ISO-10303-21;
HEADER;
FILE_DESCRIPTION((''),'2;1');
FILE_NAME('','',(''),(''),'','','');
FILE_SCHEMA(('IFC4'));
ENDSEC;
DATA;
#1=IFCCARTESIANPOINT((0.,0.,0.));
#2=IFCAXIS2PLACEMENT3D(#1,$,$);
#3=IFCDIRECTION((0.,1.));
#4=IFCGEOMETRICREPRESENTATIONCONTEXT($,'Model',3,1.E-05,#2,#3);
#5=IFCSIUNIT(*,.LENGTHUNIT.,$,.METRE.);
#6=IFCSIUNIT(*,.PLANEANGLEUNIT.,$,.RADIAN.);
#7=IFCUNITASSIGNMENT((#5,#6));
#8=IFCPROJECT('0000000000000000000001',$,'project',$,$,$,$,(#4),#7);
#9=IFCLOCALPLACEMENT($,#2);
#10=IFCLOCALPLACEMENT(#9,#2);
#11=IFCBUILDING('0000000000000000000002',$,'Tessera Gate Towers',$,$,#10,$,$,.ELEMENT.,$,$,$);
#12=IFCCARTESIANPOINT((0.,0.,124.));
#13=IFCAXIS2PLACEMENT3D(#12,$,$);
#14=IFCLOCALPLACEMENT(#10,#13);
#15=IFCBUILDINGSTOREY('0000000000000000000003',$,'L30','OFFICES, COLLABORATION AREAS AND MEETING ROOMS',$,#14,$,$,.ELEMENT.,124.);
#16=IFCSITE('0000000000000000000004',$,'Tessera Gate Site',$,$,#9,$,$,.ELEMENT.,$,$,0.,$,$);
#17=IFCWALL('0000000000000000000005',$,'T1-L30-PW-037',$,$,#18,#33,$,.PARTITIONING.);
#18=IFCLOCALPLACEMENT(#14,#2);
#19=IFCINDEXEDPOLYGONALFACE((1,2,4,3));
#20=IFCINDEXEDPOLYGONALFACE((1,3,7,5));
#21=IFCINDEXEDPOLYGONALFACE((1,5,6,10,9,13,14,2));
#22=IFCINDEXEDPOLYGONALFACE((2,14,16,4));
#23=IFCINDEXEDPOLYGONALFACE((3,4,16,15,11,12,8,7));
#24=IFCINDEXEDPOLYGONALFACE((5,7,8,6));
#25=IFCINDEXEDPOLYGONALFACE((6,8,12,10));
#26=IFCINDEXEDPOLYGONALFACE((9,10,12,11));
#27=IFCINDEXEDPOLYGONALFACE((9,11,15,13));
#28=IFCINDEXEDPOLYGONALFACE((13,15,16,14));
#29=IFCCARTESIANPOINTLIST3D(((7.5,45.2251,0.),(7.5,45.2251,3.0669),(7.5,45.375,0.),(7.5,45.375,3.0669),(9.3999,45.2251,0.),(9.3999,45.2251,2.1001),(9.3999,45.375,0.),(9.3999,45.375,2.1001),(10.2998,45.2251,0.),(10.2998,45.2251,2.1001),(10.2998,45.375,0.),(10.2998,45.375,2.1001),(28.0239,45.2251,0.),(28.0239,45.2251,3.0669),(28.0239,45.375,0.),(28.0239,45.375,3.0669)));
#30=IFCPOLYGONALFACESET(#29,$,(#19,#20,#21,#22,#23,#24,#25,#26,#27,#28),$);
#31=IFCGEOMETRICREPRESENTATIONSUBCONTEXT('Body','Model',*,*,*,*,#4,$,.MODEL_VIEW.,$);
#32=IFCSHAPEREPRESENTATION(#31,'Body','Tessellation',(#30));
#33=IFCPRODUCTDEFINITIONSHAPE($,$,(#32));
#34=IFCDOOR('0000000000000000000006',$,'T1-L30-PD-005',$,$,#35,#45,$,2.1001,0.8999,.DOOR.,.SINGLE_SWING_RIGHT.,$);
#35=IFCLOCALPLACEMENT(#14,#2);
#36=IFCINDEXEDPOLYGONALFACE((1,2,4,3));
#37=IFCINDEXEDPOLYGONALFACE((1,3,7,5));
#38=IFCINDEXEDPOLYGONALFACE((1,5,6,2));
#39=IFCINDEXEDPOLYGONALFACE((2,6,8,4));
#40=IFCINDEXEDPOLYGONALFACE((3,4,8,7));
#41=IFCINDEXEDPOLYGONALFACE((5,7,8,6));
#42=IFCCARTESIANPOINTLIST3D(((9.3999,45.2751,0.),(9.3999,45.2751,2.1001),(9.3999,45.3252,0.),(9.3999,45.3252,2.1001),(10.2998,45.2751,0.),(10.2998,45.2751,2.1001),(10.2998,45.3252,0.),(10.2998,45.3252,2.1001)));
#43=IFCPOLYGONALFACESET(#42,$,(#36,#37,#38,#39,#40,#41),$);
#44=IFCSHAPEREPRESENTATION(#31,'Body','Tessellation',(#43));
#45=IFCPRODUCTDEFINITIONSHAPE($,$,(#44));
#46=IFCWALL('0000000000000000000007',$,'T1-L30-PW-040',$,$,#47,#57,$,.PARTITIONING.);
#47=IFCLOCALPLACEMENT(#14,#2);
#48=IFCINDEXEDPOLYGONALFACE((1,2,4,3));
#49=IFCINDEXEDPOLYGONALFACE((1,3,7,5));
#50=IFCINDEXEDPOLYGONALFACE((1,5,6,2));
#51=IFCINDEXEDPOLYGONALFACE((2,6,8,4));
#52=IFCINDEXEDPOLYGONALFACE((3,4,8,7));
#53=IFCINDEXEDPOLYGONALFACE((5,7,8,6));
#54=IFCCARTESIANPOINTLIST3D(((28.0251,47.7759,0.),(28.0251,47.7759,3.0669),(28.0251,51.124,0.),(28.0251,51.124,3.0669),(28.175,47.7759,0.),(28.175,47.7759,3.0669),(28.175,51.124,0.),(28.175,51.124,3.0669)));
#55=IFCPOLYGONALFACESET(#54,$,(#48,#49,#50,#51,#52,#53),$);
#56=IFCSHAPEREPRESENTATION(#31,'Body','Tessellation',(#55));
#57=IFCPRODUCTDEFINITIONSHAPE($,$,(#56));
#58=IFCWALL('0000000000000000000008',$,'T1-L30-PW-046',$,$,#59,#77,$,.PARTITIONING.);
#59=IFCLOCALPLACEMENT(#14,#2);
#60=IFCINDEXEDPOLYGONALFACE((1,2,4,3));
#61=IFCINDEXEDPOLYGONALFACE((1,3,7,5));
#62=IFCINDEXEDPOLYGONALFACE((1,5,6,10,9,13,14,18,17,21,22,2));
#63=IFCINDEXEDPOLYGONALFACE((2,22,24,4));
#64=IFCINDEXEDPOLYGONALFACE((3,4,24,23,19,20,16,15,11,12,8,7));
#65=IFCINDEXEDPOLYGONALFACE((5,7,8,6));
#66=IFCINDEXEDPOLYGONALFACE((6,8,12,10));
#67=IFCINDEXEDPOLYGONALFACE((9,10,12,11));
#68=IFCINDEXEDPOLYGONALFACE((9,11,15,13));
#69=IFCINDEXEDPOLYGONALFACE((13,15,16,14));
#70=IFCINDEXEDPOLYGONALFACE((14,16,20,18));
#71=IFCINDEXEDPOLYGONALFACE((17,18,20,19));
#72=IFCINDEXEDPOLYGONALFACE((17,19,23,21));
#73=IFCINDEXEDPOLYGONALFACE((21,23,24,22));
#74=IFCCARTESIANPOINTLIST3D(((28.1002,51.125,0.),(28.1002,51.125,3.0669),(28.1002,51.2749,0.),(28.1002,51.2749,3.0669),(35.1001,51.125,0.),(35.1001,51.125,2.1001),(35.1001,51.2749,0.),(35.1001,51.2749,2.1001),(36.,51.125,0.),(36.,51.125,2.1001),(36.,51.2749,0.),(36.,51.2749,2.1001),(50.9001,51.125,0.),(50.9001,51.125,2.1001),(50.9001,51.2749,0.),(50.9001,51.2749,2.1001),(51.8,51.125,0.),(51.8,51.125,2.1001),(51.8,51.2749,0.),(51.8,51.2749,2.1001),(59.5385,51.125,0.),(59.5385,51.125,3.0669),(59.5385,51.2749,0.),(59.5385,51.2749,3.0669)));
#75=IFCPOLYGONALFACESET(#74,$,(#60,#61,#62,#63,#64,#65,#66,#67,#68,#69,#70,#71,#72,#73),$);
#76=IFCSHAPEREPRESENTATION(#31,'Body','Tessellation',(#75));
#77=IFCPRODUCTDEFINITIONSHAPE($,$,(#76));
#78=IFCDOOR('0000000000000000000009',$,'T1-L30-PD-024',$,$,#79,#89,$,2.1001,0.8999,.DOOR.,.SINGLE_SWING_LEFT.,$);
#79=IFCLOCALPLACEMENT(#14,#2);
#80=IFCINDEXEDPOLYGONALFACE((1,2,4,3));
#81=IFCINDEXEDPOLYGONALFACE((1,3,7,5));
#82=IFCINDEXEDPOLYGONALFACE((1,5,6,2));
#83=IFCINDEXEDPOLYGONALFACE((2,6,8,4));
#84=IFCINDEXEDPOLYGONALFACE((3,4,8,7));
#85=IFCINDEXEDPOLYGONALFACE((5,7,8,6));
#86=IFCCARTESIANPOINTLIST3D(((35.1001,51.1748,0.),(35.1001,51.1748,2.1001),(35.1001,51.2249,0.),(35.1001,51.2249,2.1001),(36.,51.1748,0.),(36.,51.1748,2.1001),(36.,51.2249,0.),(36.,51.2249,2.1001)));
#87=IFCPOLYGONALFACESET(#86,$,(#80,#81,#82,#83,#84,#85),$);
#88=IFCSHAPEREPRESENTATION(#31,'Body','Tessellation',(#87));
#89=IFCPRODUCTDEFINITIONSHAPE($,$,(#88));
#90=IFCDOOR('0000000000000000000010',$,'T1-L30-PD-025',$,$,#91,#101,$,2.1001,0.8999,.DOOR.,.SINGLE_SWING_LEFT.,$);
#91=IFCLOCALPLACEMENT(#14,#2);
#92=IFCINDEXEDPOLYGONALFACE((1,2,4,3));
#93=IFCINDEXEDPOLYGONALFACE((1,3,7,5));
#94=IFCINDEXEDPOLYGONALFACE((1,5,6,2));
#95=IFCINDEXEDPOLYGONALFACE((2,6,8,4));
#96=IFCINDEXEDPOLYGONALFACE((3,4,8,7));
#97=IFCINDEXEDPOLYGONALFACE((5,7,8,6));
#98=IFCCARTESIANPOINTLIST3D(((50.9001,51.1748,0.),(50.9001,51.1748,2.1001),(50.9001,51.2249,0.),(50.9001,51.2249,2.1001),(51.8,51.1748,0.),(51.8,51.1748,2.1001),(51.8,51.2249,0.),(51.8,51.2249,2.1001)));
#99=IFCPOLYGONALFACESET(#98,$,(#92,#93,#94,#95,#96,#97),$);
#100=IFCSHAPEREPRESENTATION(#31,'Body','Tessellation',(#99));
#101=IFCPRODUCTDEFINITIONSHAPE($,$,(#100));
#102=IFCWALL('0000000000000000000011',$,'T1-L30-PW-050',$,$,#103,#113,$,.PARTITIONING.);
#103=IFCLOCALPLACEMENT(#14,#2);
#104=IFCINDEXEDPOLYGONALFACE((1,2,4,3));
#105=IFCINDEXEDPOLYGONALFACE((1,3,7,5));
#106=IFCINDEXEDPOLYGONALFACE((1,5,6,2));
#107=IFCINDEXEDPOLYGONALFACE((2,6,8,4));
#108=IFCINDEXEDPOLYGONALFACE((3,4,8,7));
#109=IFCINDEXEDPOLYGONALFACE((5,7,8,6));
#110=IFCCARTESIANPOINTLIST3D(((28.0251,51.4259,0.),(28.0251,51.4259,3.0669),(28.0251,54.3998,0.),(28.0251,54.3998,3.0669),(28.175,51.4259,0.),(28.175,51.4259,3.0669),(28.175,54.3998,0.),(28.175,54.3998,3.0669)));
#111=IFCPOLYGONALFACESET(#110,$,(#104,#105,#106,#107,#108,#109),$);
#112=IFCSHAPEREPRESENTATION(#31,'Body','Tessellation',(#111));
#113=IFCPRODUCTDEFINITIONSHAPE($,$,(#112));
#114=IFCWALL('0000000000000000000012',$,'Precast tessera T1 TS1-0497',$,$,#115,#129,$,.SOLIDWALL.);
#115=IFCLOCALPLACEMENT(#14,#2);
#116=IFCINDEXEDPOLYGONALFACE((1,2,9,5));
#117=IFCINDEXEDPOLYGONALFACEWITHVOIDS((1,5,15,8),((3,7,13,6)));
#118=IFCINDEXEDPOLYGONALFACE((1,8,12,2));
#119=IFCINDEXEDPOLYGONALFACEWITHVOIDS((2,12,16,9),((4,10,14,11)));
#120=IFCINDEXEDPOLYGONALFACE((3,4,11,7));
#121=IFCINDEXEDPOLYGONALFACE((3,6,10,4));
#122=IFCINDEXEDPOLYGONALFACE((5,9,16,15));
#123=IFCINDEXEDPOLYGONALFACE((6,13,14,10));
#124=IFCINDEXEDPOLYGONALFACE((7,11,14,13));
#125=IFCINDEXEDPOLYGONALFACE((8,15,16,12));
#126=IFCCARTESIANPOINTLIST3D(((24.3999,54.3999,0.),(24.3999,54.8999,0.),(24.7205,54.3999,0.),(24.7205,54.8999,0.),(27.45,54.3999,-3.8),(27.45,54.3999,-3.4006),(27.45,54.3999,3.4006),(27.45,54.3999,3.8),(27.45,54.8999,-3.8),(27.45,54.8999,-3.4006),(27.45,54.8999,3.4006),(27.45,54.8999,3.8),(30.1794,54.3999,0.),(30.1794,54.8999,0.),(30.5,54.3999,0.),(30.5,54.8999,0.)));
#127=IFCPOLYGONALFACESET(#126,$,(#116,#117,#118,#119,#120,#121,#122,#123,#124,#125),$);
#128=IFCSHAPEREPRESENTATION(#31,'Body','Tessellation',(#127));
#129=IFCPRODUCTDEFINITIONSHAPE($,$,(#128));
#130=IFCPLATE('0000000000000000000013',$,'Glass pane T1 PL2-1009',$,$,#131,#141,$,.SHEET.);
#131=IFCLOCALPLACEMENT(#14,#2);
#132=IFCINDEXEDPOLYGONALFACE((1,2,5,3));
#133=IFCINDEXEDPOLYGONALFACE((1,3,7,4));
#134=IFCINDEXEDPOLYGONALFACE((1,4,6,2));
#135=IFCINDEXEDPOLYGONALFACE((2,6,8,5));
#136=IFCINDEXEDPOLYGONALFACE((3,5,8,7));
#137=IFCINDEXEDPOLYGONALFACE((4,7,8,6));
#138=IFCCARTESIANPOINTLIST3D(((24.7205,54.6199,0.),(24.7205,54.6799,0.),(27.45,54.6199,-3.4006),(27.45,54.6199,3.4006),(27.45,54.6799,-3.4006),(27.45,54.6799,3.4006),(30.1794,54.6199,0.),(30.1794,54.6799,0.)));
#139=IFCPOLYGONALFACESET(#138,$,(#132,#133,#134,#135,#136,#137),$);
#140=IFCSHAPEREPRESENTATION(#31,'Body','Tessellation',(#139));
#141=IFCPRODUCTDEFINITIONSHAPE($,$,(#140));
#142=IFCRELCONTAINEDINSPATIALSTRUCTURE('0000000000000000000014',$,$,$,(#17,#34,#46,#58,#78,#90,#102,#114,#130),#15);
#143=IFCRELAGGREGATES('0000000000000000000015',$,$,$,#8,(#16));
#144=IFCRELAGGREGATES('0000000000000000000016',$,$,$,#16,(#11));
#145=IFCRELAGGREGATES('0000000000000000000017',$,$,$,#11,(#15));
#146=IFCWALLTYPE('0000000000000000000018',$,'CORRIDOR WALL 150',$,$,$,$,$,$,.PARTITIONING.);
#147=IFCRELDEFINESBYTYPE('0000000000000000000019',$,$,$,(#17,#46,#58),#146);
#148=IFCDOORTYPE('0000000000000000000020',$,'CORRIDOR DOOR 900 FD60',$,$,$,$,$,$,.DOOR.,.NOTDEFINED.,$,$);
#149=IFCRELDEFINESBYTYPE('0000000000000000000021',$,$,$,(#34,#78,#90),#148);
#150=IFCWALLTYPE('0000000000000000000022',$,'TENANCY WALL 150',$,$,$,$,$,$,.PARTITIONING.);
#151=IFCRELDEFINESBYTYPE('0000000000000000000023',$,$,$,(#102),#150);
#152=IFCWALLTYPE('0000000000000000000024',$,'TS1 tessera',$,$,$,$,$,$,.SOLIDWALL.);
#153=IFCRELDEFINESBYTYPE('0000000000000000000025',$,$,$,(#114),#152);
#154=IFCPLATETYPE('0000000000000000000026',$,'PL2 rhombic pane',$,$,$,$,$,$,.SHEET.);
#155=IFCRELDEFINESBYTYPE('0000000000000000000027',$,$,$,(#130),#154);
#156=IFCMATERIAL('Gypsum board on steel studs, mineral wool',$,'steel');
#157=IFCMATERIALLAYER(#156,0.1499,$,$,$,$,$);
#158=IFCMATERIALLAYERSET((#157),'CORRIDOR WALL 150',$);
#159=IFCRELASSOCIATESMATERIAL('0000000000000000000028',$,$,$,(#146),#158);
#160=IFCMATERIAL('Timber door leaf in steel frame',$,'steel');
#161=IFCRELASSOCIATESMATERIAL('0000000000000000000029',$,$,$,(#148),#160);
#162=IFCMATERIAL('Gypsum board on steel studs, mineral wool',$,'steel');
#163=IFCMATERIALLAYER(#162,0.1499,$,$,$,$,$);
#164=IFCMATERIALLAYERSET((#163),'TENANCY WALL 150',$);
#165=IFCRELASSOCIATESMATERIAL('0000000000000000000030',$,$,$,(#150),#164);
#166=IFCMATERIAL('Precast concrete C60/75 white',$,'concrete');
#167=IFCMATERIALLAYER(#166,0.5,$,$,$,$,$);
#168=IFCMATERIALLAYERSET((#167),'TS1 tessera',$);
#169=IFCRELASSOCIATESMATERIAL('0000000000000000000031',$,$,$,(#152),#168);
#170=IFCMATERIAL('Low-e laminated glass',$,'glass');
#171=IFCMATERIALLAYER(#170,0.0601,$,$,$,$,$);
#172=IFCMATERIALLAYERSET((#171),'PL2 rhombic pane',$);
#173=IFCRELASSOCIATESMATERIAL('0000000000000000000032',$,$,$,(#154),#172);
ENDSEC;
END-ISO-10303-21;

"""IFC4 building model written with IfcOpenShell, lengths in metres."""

from ifc_helpers import new_model, si_unit, direction, frame, frame_2d, origin, place, context, subcontext, project, spatial, polyline, rectangle, outline, extrude, source, transform, mapped, material, layer, layer_set, type_object, element, fill, save


model = new_model("IFC4")

# Units and contexts
model_context = context("Model", 3, precision=1e-05, world=origin(), true_north=direction((0.0, 1.0)))
body_context = subcontext(model_context, "Body", "Model", "MODEL_VIEW")
ifc_project = project(units=[si_unit("LENGTHUNIT", "METRE"), si_unit("PLANEANGLEUNIT", "RADIAN")], contexts=[model_context])

# Site, building, storey
site_placement = place(None, origin())
site = spatial("IfcSite", under=ifc_project, at=site_placement, Name="Tessera Gate Site", CompositionType="ELEMENT", RefElevation=0.0)
building_placement = place(site_placement, origin())
building = spatial("IfcBuilding", under=site, at=building_placement, Name="Tessera Gate Towers", CompositionType="ELEMENT")
storey_placement = place(building_placement, frame((0.0, 0.0, 124.0)))
storey = spatial("IfcBuildingStorey", under=building, at=storey_placement, Name="L30", Description="OFFICES, COLLABORATION AREAS AND MEETING ROOMS", CompositionType="ELEMENT", Elevation=124.0)

# Wall, opening, door
ifc_material_1 = material(Name="Gypsum board on steel studs, mineral wool", Category="steel")
ifc_layer_1 = layer(ifc_material_1, 0.1499)
ifc_layer_set_1 = layer_set([ifc_layer_1], Name="CORRIDOR WALL 150")
wall_type_1 = type_object("IfcWallType", Name="CORRIDOR WALL 150", PredefinedType="PARTITIONING", material=ifc_layer_set_1)
wall_1_placement = place(storey_placement, frame((28.0239, 45.3, 0.0), z_axis=(0.0, 0.0, 1.0), x_axis=(-1.0, 0.0, 0.0)))
wall_1 = element("IfcWall", 1, at=wall_1_placement, inside=storey, type_object=wall_type_1, Name="T1-L30-PW-037", PredefinedType="PARTITIONING", context=body_context, shape_type="SweptSolid", body=[
    extrude(rectangle(XDim=20.5239, YDim=0.1499, at=frame_2d((10.262, 0.0))), origin(), (0.0, 0.0, 1.0), 3.0669),
])
shared_shape_1 = source(origin(), body_context, "Body", "SweptSolid", [
    extrude(rectangle(XDim=0.8999, YDim=2.1001, at=frame_2d((0.45, 1.05))), frame((0.0, 0.085, 0.0), z_axis=(0.0, -1.0, 0.0), x_axis=(1.0, 0.0, 0.0)), (0.0, 0.0, 1.0), 0.1699),
])
opening_1_placement = place(wall_1_placement, frame((17.7241, 0.0, 0.0)))
opening_1 = element("IfcOpeningElement", 2, at=opening_1_placement, cuts=wall_1, PredefinedType="OPENING", context=body_context, shape_type="MappedRepresentation", body=[
    mapped(shared_shape_1, transform((0.0, 0.0, 0.0), scale=1.0)),
])
ifc_material_2 = material(Name="Timber door leaf in steel frame", Category="steel")
door_type_1 = type_object("IfcDoorType", Name="CORRIDOR DOOR 900 FD60", OperationType="NOTDEFINED", PredefinedType="DOOR", material=ifc_material_2)
shared_shape_2 = source(origin(), body_context, "Body", "SweptSolid", [
    extrude(rectangle(XDim=0.8999, YDim=2.1001, at=frame_2d((0.45, 1.05))), frame((0.0, 0.0249, 0.0), z_axis=(0.0, -1.0, 0.0), x_axis=(1.0, 0.0, 0.0)), (0.0, 0.0, 1.0), 0.05),
])
door_1_placement = place(opening_1_placement, origin())
door_1 = element("IfcDoor", 3, at=door_1_placement, inside=storey, type_object=door_type_1, Name="T1-L30-PD-005", OperationType="SINGLE_SWING_RIGHT", OverallHeight=2.1001, OverallWidth=0.8999, PredefinedType="DOOR", context=body_context, shape_type="MappedRepresentation", body=[
    mapped(shared_shape_2, transform((0.0, 0.0, 0.0), scale=1.0)),
])
fill(opening_1, door_1)

# Wall
wall_2_placement = place(storey_placement, frame((28.1001, 47.7759, 0.0), z_axis=(0.0, 0.0, 1.0), x_axis=(0.0, 1.0, 0.0)))
element("IfcWall", 4, at=wall_2_placement, inside=storey, type_object=wall_type_1, Name="T1-L30-PW-040", PredefinedType="PARTITIONING", context=body_context, shape_type="SweptSolid", body=[
    extrude(rectangle(XDim=3.3481, YDim=0.1499, at=frame_2d((1.6741, 0.0))), origin(), (0.0, 0.0, 1.0), 3.0669),
])

# Wall, openings, doors
wall_3_placement = place(storey_placement, frame((28.1001, 51.2, 0.0), z_axis=(0.0, 0.0, 1.0), x_axis=(1.0, 0.0, 0.0)))
wall_3 = element("IfcWall", 5, at=wall_3_placement, inside=storey, type_object=wall_type_1, Name="T1-L30-PW-046", PredefinedType="PARTITIONING", context=body_context, shape_type="SweptSolid", body=[
    extrude(rectangle(XDim=31.4382, YDim=0.1499, at=frame_2d((15.7192, 0.0))), origin(), (0.0, 0.0, 1.0), 3.0669),
])
opening_2_placement = place(wall_3_placement, frame((7.0, 0.0, 0.0)))
opening_2 = element("IfcOpeningElement", 6, at=opening_2_placement, cuts=wall_3, PredefinedType="OPENING", context=body_context, shape_type="MappedRepresentation", body=[
    mapped(shared_shape_1, transform((0.0, 0.0, 0.0), scale=1.0)),
])
opening_3_placement = place(wall_3_placement, frame((22.8, 0.0, 0.0)))
opening_3 = element("IfcOpeningElement", 7, at=opening_3_placement, cuts=wall_3, PredefinedType="OPENING", context=body_context, shape_type="MappedRepresentation", body=[
    mapped(shared_shape_1, transform((0.0, 0.0, 0.0), scale=1.0)),
])
door_2_placement = place(opening_2_placement, origin())
door_2 = element("IfcDoor", 8, at=door_2_placement, inside=storey, type_object=door_type_1, Name="T1-L30-PD-024", OperationType="SINGLE_SWING_LEFT", OverallHeight=2.1001, OverallWidth=0.8999, PredefinedType="DOOR", context=body_context, shape_type="MappedRepresentation", body=[
    mapped(shared_shape_2, transform((0.0, 0.0, 0.0), scale=1.0)),
])
fill(opening_2, door_2)
door_3_placement = place(opening_3_placement, origin())
door_3 = element("IfcDoor", 9, at=door_3_placement, inside=storey, type_object=door_type_1, Name="T1-L30-PD-025", OperationType="SINGLE_SWING_LEFT", OverallHeight=2.1001, OverallWidth=0.8999, PredefinedType="DOOR", context=body_context, shape_type="MappedRepresentation", body=[
    mapped(shared_shape_2, transform((0.0, 0.0, 0.0), scale=1.0)),
])
fill(opening_3, door_3)

# Wall
ifc_material_3 = material(Name="Gypsum board on steel studs, mineral wool", Category="steel")
ifc_layer_2 = layer(ifc_material_3, 0.1499)
ifc_layer_set_2 = layer_set([ifc_layer_2], Name="TENANCY WALL 150")
wall_type_2 = type_object("IfcWallType", Name="TENANCY WALL 150", PredefinedType="PARTITIONING", material=ifc_layer_set_2)
wall_4_placement = place(storey_placement, frame((28.1001, 51.426, 0.0), z_axis=(0.0, 0.0, 1.0), x_axis=(0.0, 1.0, 0.0)))
element("IfcWall", 10, at=wall_4_placement, inside=storey, type_object=wall_type_2, Name="T1-L30-PW-050", PredefinedType="PARTITIONING", context=body_context, shape_type="SweptSolid", body=[
    extrude(rectangle(XDim=2.9739, YDim=0.1499, at=frame_2d((1.4868, 0.0))), origin(), (0.0, 0.0, 1.0), 3.0669),
])

# Wall, opening, plate
ifc_material_4 = material(Name="Precast concrete C60/75 white", Category="concrete")
ifc_layer_3 = layer(ifc_material_4, 0.5)
ifc_layer_set_3 = layer_set([ifc_layer_3], Name="TS1 tessera")
wall_type_3 = type_object("IfcWallType", Name="TS1 tessera", PredefinedType="SOLIDWALL", material=ifc_layer_set_3)
shared_shape_3 = source(origin(), body_context, "Body", "SweptSolid", [
    extrude(outline(polyline([(3.05, 0.0), (6.1001, 3.8), (3.05, 7.6001), (0.0, 3.8), (3.05, 0.0)])), frame((0.0, 0.25, 0.0), z_axis=(0.0, -1.0, 0.0), x_axis=(1.0, 0.0, 0.0)), (0.0, 0.0, 1.0), 0.5),
])
wall_5_placement = place(storey_placement, frame((30.5, 54.6499, -3.8), z_axis=(0.0, 0.0, 1.0), x_axis=(-1.0, 0.0, 0.0)))
wall_5 = element("IfcWall", 11, at=wall_5_placement, inside=storey, type_object=wall_type_3, Name="Precast tessera T1 TS1-0497", PredefinedType="SOLIDWALL", context=body_context, shape_type="MappedRepresentation", body=[
    mapped(shared_shape_3, transform((0.0, 0.0, 0.0), scale=1.0)),
])
shared_shape_4 = source(origin(), body_context, "Body", "SweptSolid", [
    extrude(outline(polyline([(3.05, 0.3994), (5.7795, 3.8), (3.05, 7.2007), (0.3206, 3.8), (3.05, 0.3994)])), frame((0.0, 0.26, 0.0), z_axis=(0.0, -1.0, 0.0), x_axis=(1.0, 0.0, 0.0)), (0.0, 0.0, 1.0), 0.52),
])
opening_4_placement = place(wall_5_placement, origin())
opening_4 = element("IfcOpeningElement", 12, at=opening_4_placement, cuts=wall_5, PredefinedType="OPENING", context=body_context, shape_type="MappedRepresentation", body=[
    mapped(shared_shape_4, transform((0.0, 0.0, 0.0), scale=1.0)),
])
ifc_material_5 = material(Name="Low-e laminated glass", Category="glass")
ifc_layer_4 = layer(ifc_material_5, 0.0601)
ifc_layer_set_4 = layer_set([ifc_layer_4], Name="PL2 rhombic pane")
plate_type = type_object("IfcPlateType", Name="PL2 rhombic pane", PredefinedType="SHEET", material=ifc_layer_set_4)
shared_shape_5 = source(origin(), body_context, "Body", "SweptSolid", [
    extrude(outline(polyline([(3.05, 0.3994), (5.7795, 3.8), (3.05, 7.2007), (0.3206, 3.8), (3.05, 0.3994)])), frame((0.0, 0.03, 0.0), z_axis=(0.0, -1.0, 0.0), x_axis=(1.0, 0.0, 0.0)), (0.0, 0.0, 1.0), 0.0601),
])
plate_placement = place(opening_4_placement, origin())
plate = element("IfcPlate", 13, at=plate_placement, inside=storey, type_object=plate_type, Name="Glass pane T1 PL2-1009", PredefinedType="SHEET", context=body_context, shape_type="MappedRepresentation", body=[
    mapped(shared_shape_5, transform((0.0, 0.0, 0.0), scale=1.0)),
])
fill(opening_4, plate)

save(model, "model.ifc")
